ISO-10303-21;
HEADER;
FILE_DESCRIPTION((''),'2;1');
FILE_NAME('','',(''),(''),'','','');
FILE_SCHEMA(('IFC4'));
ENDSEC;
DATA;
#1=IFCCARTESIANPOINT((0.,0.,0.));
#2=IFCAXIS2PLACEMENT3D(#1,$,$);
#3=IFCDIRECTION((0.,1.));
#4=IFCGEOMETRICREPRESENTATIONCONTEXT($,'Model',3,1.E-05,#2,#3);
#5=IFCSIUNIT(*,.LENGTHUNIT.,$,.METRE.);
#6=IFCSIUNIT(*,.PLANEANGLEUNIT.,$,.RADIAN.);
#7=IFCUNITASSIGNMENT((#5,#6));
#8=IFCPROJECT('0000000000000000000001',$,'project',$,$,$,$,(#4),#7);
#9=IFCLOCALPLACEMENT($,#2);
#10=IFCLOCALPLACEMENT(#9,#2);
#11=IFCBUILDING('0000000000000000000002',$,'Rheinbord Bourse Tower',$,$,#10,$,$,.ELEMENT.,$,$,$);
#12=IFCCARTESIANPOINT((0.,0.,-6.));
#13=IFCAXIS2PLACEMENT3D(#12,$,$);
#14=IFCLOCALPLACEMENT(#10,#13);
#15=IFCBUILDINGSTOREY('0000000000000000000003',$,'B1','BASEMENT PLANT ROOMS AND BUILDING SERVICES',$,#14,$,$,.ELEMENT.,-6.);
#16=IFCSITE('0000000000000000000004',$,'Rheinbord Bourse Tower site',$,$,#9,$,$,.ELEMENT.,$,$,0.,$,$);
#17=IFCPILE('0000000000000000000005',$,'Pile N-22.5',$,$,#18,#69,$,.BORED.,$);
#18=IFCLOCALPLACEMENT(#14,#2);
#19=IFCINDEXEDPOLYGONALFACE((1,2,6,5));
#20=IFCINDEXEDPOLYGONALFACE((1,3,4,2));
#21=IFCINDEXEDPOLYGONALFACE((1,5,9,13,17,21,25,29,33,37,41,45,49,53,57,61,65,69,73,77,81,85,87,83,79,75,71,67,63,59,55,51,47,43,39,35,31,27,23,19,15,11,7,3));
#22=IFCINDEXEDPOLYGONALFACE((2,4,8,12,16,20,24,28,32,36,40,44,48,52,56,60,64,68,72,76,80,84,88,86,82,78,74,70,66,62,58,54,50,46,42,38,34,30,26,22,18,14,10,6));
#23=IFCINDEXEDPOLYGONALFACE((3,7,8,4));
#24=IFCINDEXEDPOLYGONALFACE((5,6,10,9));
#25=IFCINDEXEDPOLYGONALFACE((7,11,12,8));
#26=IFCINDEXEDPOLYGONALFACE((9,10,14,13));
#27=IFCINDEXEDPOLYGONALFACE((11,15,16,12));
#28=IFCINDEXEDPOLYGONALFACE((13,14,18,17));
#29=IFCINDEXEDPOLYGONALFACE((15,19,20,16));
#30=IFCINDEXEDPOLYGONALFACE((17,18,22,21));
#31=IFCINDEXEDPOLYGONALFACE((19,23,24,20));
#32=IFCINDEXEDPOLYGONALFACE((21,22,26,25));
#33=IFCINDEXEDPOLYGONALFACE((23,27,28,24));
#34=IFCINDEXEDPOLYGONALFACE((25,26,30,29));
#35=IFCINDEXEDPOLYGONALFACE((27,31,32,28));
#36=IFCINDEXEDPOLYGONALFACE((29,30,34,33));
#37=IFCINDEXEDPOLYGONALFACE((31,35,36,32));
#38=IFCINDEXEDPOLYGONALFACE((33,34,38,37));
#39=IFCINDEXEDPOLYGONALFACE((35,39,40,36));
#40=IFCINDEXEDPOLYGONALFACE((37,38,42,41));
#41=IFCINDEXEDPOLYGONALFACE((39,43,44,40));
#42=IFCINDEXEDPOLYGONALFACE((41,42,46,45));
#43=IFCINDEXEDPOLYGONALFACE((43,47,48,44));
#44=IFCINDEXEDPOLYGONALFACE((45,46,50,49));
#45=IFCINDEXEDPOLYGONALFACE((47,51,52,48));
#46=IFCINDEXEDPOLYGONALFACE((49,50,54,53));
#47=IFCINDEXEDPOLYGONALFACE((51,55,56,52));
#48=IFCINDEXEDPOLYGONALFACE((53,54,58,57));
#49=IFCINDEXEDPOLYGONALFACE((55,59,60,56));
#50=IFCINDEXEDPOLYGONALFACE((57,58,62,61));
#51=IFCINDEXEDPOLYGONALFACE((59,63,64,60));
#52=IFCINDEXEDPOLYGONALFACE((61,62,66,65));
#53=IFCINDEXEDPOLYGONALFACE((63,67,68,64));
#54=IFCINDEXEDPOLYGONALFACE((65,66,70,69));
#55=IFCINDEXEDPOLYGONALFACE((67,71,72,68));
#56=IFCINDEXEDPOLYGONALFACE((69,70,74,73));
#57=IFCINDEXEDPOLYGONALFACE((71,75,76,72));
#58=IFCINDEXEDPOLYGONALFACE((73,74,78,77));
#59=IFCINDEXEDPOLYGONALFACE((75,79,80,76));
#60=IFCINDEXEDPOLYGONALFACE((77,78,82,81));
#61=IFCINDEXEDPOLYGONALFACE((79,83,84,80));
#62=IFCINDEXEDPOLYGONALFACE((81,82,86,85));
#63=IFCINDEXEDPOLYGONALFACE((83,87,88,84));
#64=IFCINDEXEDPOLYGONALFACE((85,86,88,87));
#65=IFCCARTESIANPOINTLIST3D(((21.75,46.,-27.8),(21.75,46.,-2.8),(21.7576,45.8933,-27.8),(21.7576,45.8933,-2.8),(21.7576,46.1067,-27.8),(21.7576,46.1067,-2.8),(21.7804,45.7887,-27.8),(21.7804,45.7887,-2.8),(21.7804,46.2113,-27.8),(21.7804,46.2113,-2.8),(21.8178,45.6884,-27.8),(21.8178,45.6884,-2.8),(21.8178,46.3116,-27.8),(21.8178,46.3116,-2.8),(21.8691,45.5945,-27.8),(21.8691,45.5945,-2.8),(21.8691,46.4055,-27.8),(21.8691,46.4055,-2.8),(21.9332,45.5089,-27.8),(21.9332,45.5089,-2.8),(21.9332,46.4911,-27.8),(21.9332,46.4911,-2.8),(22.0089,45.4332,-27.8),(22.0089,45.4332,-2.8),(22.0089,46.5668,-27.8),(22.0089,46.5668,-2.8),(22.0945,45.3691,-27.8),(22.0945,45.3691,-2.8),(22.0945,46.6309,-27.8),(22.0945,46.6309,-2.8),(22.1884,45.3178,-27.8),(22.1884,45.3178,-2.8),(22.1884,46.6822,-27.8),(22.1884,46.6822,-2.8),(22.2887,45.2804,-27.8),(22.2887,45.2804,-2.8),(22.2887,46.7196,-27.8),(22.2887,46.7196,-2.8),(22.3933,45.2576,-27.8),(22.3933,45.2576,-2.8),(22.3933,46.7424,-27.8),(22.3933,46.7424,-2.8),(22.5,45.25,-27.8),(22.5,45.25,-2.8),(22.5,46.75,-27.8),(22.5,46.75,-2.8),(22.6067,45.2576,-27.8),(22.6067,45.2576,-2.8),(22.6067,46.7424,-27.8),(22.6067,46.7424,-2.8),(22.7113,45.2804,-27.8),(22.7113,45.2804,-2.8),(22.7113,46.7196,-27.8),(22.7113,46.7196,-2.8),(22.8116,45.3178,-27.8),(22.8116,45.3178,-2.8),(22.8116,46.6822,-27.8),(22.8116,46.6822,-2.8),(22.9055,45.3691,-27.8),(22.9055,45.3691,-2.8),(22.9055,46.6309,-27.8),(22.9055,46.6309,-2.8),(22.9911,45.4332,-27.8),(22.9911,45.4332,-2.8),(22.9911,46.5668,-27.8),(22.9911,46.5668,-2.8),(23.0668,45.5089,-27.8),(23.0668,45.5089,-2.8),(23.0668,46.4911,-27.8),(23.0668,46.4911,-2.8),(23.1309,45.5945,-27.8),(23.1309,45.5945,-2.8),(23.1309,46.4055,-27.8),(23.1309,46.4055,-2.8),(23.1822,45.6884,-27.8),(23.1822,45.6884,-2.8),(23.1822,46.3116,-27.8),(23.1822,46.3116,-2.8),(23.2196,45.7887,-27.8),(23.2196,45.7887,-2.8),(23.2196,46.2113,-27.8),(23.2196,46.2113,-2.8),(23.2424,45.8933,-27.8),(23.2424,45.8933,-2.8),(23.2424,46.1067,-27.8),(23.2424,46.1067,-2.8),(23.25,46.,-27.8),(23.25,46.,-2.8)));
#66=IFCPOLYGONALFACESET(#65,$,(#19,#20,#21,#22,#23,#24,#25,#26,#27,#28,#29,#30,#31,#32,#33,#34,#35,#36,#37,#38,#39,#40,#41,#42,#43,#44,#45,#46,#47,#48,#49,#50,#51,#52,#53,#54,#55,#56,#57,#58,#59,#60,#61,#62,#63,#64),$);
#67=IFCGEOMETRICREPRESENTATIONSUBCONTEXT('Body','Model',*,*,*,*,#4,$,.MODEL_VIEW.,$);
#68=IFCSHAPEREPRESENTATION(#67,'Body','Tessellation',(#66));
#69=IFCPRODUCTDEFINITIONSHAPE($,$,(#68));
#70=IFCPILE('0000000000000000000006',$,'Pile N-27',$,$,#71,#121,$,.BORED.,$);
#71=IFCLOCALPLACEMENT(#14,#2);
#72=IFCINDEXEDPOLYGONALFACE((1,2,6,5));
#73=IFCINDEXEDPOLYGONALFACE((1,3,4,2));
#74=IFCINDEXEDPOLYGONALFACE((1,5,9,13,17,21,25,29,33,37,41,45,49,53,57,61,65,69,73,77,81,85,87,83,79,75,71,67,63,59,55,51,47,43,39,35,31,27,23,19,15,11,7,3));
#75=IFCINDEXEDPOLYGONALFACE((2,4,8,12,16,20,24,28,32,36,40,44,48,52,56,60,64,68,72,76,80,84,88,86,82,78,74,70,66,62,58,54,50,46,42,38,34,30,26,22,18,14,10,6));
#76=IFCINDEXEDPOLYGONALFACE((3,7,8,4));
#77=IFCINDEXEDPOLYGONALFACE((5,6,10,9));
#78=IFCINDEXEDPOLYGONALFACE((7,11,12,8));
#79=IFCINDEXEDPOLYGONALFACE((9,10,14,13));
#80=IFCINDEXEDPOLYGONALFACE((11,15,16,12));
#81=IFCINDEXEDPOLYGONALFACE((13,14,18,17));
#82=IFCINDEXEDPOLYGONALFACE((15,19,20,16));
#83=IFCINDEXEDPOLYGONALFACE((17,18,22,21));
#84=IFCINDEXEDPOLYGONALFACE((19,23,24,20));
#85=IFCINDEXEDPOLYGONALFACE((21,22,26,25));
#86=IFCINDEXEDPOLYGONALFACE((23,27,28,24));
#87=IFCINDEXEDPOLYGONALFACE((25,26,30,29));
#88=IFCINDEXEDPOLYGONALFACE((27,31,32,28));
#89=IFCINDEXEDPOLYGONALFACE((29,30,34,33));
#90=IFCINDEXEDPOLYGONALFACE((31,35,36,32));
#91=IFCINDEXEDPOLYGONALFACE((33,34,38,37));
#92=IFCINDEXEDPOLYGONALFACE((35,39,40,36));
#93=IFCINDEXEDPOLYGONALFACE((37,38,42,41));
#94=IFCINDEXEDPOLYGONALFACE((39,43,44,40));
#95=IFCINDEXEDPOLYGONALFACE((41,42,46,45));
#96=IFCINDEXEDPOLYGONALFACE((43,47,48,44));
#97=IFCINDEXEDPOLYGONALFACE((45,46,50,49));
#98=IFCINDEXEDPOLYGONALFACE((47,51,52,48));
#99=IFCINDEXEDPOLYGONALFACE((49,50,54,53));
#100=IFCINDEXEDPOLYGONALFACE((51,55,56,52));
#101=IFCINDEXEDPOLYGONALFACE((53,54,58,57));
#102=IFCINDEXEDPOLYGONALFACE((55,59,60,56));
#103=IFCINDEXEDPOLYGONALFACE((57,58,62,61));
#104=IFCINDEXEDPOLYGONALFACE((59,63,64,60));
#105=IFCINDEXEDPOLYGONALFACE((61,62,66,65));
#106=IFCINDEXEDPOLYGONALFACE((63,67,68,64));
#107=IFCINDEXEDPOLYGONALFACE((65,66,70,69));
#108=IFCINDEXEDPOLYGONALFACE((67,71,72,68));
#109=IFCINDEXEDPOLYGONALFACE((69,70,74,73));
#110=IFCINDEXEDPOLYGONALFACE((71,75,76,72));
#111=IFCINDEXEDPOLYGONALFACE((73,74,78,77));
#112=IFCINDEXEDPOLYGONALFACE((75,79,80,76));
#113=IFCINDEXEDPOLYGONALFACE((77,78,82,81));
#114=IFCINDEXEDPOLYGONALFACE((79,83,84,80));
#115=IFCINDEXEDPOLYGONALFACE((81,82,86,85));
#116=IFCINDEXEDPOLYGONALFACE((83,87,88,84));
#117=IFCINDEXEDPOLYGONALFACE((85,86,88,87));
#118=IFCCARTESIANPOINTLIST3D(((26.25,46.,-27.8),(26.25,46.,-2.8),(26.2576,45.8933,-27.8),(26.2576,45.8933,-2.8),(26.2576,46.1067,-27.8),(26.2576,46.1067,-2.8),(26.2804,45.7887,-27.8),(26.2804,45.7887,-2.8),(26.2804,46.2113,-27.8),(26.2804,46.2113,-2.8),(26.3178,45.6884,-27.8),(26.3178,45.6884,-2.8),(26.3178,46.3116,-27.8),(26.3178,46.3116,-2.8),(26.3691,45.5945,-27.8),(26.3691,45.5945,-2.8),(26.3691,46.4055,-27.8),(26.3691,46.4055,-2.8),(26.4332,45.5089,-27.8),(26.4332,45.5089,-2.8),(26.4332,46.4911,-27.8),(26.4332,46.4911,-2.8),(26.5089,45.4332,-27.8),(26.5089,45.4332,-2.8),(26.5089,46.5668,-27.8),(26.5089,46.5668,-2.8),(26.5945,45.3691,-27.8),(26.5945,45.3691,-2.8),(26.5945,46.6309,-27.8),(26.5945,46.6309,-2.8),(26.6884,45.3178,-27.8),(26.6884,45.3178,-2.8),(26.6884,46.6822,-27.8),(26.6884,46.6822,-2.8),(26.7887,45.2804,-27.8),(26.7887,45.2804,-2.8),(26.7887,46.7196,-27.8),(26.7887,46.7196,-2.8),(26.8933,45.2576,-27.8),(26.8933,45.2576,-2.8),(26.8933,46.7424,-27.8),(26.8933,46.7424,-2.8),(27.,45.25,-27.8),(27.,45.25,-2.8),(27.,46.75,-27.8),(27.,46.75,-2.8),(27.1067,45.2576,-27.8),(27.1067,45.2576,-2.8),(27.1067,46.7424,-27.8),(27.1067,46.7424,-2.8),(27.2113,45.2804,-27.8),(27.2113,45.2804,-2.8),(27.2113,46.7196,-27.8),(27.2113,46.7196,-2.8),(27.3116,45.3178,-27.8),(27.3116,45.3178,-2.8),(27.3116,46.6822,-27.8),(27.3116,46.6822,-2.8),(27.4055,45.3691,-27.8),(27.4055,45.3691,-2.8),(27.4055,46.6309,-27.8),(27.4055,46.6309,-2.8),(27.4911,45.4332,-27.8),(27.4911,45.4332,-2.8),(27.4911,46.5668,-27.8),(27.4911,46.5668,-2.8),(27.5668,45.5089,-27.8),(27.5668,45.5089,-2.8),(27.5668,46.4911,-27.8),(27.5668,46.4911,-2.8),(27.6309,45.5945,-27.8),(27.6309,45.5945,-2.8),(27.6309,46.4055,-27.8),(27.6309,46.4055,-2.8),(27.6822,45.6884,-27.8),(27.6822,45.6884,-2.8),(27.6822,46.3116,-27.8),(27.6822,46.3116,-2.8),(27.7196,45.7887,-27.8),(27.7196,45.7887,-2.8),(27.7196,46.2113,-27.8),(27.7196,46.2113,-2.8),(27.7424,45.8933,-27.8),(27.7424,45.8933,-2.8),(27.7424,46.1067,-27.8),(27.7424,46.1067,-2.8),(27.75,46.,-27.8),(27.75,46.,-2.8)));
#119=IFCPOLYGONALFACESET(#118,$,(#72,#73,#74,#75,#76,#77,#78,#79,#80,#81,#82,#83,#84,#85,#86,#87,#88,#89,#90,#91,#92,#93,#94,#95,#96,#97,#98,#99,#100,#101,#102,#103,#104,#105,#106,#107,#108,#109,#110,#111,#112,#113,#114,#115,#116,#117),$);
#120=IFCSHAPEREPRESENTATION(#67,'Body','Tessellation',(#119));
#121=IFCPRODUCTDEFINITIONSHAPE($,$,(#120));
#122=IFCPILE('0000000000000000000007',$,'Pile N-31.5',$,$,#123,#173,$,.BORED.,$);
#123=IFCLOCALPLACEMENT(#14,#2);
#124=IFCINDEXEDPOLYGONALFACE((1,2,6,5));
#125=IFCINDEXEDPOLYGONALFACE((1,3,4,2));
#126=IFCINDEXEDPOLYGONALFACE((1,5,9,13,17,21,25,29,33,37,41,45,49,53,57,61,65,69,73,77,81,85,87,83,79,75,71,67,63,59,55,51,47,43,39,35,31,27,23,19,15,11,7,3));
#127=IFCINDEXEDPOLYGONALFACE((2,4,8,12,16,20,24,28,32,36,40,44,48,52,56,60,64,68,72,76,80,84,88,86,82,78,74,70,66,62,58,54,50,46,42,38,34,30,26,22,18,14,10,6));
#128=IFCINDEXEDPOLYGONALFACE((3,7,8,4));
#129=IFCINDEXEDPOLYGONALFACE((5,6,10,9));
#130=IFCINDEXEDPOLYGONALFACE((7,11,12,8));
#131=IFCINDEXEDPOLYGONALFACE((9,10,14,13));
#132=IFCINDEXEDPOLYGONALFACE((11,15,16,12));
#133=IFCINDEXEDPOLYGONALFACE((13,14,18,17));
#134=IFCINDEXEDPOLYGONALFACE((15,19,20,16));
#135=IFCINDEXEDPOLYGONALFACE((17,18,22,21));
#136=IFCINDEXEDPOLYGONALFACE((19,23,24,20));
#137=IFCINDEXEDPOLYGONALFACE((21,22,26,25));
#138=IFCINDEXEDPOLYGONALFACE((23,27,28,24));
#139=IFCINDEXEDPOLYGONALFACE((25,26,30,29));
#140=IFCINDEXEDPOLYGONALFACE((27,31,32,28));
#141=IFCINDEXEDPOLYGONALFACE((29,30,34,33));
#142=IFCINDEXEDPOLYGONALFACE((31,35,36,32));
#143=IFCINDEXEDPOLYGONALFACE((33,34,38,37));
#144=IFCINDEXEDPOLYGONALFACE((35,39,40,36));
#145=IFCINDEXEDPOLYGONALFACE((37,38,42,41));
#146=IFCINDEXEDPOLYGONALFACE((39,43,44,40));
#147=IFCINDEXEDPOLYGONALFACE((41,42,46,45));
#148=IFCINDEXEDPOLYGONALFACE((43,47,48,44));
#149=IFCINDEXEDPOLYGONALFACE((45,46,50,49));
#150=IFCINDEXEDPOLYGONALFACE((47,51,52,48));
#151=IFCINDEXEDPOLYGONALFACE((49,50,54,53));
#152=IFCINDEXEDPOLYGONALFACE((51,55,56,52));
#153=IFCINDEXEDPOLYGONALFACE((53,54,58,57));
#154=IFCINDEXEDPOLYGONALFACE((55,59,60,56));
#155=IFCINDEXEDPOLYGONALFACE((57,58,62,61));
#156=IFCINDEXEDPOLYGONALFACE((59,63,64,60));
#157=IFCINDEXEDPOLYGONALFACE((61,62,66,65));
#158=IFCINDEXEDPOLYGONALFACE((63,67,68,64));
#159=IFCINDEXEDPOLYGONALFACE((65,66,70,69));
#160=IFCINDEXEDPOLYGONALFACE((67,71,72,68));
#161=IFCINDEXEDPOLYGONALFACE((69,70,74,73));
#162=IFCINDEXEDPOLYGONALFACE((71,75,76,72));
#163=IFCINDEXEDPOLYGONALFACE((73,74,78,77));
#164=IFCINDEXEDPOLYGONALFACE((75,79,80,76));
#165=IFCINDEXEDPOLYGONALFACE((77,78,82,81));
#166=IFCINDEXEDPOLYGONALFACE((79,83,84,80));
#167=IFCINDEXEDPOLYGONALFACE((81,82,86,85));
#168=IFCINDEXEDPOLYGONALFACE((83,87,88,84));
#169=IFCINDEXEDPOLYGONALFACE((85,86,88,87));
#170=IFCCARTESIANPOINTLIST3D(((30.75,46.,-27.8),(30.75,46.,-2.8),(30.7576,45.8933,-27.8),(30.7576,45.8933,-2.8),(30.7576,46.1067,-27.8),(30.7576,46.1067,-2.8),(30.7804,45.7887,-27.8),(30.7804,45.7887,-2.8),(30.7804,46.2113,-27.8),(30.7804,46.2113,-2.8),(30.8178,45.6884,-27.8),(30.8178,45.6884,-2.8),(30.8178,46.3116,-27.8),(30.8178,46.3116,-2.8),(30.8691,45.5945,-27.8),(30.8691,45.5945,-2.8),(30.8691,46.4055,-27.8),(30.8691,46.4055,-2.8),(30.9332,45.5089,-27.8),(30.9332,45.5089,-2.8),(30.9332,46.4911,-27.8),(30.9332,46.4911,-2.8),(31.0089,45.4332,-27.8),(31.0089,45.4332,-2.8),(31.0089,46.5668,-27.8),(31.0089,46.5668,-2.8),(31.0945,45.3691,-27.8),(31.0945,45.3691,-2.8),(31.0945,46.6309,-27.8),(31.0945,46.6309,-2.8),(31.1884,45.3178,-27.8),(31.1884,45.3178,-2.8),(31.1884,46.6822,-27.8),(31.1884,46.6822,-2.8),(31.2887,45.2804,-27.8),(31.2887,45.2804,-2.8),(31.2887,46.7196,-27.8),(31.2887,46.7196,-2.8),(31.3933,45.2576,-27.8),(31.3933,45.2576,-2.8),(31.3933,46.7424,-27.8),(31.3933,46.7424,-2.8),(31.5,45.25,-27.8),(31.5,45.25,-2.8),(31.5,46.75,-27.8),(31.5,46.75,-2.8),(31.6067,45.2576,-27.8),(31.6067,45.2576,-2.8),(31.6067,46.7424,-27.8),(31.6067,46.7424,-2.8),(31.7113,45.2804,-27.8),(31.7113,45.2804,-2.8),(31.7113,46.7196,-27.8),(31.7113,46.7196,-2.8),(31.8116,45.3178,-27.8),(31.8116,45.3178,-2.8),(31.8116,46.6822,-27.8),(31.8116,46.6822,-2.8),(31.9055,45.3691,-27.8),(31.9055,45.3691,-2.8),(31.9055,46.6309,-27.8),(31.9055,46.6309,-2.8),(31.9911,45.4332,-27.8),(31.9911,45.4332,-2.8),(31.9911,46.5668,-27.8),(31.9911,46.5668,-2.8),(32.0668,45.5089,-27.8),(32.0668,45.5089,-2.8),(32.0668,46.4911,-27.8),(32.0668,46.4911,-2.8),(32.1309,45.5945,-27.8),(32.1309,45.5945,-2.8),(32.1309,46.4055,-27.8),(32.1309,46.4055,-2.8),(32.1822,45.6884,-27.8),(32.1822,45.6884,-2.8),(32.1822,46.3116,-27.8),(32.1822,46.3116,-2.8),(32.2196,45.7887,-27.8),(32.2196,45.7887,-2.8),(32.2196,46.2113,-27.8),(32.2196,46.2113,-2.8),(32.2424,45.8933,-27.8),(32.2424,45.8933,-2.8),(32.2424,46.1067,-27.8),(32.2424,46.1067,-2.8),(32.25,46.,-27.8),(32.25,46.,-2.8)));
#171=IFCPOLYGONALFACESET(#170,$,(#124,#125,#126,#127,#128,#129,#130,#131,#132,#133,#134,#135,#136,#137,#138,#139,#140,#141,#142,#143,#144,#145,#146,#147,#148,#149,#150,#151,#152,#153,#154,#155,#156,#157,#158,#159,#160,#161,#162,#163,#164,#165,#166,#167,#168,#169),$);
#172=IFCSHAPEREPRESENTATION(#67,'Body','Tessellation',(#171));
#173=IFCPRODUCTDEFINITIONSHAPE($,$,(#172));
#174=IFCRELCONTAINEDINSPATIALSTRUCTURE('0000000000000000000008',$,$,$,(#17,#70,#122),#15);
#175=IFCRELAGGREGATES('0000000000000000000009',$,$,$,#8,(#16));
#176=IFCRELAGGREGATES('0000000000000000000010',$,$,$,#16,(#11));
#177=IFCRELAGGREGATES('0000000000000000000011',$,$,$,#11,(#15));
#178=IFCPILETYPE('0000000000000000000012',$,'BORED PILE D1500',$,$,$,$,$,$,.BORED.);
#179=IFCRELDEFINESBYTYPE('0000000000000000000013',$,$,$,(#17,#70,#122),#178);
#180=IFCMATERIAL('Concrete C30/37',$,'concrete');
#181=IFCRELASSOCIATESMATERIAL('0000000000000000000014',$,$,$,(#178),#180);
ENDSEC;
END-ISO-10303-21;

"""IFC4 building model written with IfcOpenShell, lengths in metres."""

from ifc_helpers import new_model, si_unit, direction, frame, origin, origin_2d, place, context, subcontext, project, spatial, circle, extrude, material, material_profile, profile_set, type_object, element, save


model = new_model("IFC4")

# Units and contexts
model_context = context("Model", 3, precision=1e-05, world=origin(), true_north=direction((0.0, 1.0)))
body_context = subcontext(model_context, "Body", "Model", "MODEL_VIEW")
ifc_project = project(units=[si_unit("LENGTHUNIT", "METRE"), si_unit("PLANEANGLEUNIT", "RADIAN")], contexts=[model_context])

# Site, building, storey
site_placement = place(None, origin())
site = spatial("IfcSite", under=ifc_project, at=site_placement, Name="Rheinbord Bourse Tower site", CompositionType="ELEMENT", RefElevation=0.0)
building_placement = place(site_placement, origin())
building = spatial("IfcBuilding", under=site, at=building_placement, Name="Rheinbord Bourse Tower", CompositionType="ELEMENT")
storey_placement = place(building_placement, frame((0.0, 0.0, -6.0)))
storey = spatial("IfcBuildingStorey", under=building, at=storey_placement, Name="B1", Description="BASEMENT PLANT ROOMS AND BUILDING SERVICES", CompositionType="ELEMENT", Elevation=-6.0)

# Piles
ifc_material_1 = material(Name="Concrete C30/37", Category="concrete")
ifc_material_profile_1 = material_profile(ifc_material_1, circle(Radius=0.75, at=origin_2d()), Name="D1500")
ifc_profile_set_1 = profile_set([ifc_material_profile_1], Name="Concrete C30/37")
pile_type = type_object("IfcPileType", Name="BORED PILE D1500", PredefinedType="BORED", material=ifc_profile_set_1)
for number, where, z_axis, x_axis, name in (
    (1, (22.5, 46.0, -2.8), (0.0, 0.0, -1.0), (1.0, 0.0, 0.0), "Pile N-22.5"),
    (2, (27.0, 46.0, -2.8), (0.0, 0.0, -1.0), (1.0, 0.0, 0.0), "Pile N-27"),
    (3, (31.5, 46.0, -2.8), (0.0, 0.0, -1.0), (1.0, 0.0, 0.0), "Pile N-31.5"),
):
    element("IfcPile", number, at=place(storey_placement, frame(where, z_axis=z_axis, x_axis=x_axis)), inside=storey, type_object=pile_type, Name=name, PredefinedType="BORED", context=body_context, shape_type="SweptSolid", body=[
        extrude(circle(Radius=0.75, at=origin_2d()), origin(), (0.0, 0.0, 1.0), 25.0),
    ])

save(model, "model.ifc")
